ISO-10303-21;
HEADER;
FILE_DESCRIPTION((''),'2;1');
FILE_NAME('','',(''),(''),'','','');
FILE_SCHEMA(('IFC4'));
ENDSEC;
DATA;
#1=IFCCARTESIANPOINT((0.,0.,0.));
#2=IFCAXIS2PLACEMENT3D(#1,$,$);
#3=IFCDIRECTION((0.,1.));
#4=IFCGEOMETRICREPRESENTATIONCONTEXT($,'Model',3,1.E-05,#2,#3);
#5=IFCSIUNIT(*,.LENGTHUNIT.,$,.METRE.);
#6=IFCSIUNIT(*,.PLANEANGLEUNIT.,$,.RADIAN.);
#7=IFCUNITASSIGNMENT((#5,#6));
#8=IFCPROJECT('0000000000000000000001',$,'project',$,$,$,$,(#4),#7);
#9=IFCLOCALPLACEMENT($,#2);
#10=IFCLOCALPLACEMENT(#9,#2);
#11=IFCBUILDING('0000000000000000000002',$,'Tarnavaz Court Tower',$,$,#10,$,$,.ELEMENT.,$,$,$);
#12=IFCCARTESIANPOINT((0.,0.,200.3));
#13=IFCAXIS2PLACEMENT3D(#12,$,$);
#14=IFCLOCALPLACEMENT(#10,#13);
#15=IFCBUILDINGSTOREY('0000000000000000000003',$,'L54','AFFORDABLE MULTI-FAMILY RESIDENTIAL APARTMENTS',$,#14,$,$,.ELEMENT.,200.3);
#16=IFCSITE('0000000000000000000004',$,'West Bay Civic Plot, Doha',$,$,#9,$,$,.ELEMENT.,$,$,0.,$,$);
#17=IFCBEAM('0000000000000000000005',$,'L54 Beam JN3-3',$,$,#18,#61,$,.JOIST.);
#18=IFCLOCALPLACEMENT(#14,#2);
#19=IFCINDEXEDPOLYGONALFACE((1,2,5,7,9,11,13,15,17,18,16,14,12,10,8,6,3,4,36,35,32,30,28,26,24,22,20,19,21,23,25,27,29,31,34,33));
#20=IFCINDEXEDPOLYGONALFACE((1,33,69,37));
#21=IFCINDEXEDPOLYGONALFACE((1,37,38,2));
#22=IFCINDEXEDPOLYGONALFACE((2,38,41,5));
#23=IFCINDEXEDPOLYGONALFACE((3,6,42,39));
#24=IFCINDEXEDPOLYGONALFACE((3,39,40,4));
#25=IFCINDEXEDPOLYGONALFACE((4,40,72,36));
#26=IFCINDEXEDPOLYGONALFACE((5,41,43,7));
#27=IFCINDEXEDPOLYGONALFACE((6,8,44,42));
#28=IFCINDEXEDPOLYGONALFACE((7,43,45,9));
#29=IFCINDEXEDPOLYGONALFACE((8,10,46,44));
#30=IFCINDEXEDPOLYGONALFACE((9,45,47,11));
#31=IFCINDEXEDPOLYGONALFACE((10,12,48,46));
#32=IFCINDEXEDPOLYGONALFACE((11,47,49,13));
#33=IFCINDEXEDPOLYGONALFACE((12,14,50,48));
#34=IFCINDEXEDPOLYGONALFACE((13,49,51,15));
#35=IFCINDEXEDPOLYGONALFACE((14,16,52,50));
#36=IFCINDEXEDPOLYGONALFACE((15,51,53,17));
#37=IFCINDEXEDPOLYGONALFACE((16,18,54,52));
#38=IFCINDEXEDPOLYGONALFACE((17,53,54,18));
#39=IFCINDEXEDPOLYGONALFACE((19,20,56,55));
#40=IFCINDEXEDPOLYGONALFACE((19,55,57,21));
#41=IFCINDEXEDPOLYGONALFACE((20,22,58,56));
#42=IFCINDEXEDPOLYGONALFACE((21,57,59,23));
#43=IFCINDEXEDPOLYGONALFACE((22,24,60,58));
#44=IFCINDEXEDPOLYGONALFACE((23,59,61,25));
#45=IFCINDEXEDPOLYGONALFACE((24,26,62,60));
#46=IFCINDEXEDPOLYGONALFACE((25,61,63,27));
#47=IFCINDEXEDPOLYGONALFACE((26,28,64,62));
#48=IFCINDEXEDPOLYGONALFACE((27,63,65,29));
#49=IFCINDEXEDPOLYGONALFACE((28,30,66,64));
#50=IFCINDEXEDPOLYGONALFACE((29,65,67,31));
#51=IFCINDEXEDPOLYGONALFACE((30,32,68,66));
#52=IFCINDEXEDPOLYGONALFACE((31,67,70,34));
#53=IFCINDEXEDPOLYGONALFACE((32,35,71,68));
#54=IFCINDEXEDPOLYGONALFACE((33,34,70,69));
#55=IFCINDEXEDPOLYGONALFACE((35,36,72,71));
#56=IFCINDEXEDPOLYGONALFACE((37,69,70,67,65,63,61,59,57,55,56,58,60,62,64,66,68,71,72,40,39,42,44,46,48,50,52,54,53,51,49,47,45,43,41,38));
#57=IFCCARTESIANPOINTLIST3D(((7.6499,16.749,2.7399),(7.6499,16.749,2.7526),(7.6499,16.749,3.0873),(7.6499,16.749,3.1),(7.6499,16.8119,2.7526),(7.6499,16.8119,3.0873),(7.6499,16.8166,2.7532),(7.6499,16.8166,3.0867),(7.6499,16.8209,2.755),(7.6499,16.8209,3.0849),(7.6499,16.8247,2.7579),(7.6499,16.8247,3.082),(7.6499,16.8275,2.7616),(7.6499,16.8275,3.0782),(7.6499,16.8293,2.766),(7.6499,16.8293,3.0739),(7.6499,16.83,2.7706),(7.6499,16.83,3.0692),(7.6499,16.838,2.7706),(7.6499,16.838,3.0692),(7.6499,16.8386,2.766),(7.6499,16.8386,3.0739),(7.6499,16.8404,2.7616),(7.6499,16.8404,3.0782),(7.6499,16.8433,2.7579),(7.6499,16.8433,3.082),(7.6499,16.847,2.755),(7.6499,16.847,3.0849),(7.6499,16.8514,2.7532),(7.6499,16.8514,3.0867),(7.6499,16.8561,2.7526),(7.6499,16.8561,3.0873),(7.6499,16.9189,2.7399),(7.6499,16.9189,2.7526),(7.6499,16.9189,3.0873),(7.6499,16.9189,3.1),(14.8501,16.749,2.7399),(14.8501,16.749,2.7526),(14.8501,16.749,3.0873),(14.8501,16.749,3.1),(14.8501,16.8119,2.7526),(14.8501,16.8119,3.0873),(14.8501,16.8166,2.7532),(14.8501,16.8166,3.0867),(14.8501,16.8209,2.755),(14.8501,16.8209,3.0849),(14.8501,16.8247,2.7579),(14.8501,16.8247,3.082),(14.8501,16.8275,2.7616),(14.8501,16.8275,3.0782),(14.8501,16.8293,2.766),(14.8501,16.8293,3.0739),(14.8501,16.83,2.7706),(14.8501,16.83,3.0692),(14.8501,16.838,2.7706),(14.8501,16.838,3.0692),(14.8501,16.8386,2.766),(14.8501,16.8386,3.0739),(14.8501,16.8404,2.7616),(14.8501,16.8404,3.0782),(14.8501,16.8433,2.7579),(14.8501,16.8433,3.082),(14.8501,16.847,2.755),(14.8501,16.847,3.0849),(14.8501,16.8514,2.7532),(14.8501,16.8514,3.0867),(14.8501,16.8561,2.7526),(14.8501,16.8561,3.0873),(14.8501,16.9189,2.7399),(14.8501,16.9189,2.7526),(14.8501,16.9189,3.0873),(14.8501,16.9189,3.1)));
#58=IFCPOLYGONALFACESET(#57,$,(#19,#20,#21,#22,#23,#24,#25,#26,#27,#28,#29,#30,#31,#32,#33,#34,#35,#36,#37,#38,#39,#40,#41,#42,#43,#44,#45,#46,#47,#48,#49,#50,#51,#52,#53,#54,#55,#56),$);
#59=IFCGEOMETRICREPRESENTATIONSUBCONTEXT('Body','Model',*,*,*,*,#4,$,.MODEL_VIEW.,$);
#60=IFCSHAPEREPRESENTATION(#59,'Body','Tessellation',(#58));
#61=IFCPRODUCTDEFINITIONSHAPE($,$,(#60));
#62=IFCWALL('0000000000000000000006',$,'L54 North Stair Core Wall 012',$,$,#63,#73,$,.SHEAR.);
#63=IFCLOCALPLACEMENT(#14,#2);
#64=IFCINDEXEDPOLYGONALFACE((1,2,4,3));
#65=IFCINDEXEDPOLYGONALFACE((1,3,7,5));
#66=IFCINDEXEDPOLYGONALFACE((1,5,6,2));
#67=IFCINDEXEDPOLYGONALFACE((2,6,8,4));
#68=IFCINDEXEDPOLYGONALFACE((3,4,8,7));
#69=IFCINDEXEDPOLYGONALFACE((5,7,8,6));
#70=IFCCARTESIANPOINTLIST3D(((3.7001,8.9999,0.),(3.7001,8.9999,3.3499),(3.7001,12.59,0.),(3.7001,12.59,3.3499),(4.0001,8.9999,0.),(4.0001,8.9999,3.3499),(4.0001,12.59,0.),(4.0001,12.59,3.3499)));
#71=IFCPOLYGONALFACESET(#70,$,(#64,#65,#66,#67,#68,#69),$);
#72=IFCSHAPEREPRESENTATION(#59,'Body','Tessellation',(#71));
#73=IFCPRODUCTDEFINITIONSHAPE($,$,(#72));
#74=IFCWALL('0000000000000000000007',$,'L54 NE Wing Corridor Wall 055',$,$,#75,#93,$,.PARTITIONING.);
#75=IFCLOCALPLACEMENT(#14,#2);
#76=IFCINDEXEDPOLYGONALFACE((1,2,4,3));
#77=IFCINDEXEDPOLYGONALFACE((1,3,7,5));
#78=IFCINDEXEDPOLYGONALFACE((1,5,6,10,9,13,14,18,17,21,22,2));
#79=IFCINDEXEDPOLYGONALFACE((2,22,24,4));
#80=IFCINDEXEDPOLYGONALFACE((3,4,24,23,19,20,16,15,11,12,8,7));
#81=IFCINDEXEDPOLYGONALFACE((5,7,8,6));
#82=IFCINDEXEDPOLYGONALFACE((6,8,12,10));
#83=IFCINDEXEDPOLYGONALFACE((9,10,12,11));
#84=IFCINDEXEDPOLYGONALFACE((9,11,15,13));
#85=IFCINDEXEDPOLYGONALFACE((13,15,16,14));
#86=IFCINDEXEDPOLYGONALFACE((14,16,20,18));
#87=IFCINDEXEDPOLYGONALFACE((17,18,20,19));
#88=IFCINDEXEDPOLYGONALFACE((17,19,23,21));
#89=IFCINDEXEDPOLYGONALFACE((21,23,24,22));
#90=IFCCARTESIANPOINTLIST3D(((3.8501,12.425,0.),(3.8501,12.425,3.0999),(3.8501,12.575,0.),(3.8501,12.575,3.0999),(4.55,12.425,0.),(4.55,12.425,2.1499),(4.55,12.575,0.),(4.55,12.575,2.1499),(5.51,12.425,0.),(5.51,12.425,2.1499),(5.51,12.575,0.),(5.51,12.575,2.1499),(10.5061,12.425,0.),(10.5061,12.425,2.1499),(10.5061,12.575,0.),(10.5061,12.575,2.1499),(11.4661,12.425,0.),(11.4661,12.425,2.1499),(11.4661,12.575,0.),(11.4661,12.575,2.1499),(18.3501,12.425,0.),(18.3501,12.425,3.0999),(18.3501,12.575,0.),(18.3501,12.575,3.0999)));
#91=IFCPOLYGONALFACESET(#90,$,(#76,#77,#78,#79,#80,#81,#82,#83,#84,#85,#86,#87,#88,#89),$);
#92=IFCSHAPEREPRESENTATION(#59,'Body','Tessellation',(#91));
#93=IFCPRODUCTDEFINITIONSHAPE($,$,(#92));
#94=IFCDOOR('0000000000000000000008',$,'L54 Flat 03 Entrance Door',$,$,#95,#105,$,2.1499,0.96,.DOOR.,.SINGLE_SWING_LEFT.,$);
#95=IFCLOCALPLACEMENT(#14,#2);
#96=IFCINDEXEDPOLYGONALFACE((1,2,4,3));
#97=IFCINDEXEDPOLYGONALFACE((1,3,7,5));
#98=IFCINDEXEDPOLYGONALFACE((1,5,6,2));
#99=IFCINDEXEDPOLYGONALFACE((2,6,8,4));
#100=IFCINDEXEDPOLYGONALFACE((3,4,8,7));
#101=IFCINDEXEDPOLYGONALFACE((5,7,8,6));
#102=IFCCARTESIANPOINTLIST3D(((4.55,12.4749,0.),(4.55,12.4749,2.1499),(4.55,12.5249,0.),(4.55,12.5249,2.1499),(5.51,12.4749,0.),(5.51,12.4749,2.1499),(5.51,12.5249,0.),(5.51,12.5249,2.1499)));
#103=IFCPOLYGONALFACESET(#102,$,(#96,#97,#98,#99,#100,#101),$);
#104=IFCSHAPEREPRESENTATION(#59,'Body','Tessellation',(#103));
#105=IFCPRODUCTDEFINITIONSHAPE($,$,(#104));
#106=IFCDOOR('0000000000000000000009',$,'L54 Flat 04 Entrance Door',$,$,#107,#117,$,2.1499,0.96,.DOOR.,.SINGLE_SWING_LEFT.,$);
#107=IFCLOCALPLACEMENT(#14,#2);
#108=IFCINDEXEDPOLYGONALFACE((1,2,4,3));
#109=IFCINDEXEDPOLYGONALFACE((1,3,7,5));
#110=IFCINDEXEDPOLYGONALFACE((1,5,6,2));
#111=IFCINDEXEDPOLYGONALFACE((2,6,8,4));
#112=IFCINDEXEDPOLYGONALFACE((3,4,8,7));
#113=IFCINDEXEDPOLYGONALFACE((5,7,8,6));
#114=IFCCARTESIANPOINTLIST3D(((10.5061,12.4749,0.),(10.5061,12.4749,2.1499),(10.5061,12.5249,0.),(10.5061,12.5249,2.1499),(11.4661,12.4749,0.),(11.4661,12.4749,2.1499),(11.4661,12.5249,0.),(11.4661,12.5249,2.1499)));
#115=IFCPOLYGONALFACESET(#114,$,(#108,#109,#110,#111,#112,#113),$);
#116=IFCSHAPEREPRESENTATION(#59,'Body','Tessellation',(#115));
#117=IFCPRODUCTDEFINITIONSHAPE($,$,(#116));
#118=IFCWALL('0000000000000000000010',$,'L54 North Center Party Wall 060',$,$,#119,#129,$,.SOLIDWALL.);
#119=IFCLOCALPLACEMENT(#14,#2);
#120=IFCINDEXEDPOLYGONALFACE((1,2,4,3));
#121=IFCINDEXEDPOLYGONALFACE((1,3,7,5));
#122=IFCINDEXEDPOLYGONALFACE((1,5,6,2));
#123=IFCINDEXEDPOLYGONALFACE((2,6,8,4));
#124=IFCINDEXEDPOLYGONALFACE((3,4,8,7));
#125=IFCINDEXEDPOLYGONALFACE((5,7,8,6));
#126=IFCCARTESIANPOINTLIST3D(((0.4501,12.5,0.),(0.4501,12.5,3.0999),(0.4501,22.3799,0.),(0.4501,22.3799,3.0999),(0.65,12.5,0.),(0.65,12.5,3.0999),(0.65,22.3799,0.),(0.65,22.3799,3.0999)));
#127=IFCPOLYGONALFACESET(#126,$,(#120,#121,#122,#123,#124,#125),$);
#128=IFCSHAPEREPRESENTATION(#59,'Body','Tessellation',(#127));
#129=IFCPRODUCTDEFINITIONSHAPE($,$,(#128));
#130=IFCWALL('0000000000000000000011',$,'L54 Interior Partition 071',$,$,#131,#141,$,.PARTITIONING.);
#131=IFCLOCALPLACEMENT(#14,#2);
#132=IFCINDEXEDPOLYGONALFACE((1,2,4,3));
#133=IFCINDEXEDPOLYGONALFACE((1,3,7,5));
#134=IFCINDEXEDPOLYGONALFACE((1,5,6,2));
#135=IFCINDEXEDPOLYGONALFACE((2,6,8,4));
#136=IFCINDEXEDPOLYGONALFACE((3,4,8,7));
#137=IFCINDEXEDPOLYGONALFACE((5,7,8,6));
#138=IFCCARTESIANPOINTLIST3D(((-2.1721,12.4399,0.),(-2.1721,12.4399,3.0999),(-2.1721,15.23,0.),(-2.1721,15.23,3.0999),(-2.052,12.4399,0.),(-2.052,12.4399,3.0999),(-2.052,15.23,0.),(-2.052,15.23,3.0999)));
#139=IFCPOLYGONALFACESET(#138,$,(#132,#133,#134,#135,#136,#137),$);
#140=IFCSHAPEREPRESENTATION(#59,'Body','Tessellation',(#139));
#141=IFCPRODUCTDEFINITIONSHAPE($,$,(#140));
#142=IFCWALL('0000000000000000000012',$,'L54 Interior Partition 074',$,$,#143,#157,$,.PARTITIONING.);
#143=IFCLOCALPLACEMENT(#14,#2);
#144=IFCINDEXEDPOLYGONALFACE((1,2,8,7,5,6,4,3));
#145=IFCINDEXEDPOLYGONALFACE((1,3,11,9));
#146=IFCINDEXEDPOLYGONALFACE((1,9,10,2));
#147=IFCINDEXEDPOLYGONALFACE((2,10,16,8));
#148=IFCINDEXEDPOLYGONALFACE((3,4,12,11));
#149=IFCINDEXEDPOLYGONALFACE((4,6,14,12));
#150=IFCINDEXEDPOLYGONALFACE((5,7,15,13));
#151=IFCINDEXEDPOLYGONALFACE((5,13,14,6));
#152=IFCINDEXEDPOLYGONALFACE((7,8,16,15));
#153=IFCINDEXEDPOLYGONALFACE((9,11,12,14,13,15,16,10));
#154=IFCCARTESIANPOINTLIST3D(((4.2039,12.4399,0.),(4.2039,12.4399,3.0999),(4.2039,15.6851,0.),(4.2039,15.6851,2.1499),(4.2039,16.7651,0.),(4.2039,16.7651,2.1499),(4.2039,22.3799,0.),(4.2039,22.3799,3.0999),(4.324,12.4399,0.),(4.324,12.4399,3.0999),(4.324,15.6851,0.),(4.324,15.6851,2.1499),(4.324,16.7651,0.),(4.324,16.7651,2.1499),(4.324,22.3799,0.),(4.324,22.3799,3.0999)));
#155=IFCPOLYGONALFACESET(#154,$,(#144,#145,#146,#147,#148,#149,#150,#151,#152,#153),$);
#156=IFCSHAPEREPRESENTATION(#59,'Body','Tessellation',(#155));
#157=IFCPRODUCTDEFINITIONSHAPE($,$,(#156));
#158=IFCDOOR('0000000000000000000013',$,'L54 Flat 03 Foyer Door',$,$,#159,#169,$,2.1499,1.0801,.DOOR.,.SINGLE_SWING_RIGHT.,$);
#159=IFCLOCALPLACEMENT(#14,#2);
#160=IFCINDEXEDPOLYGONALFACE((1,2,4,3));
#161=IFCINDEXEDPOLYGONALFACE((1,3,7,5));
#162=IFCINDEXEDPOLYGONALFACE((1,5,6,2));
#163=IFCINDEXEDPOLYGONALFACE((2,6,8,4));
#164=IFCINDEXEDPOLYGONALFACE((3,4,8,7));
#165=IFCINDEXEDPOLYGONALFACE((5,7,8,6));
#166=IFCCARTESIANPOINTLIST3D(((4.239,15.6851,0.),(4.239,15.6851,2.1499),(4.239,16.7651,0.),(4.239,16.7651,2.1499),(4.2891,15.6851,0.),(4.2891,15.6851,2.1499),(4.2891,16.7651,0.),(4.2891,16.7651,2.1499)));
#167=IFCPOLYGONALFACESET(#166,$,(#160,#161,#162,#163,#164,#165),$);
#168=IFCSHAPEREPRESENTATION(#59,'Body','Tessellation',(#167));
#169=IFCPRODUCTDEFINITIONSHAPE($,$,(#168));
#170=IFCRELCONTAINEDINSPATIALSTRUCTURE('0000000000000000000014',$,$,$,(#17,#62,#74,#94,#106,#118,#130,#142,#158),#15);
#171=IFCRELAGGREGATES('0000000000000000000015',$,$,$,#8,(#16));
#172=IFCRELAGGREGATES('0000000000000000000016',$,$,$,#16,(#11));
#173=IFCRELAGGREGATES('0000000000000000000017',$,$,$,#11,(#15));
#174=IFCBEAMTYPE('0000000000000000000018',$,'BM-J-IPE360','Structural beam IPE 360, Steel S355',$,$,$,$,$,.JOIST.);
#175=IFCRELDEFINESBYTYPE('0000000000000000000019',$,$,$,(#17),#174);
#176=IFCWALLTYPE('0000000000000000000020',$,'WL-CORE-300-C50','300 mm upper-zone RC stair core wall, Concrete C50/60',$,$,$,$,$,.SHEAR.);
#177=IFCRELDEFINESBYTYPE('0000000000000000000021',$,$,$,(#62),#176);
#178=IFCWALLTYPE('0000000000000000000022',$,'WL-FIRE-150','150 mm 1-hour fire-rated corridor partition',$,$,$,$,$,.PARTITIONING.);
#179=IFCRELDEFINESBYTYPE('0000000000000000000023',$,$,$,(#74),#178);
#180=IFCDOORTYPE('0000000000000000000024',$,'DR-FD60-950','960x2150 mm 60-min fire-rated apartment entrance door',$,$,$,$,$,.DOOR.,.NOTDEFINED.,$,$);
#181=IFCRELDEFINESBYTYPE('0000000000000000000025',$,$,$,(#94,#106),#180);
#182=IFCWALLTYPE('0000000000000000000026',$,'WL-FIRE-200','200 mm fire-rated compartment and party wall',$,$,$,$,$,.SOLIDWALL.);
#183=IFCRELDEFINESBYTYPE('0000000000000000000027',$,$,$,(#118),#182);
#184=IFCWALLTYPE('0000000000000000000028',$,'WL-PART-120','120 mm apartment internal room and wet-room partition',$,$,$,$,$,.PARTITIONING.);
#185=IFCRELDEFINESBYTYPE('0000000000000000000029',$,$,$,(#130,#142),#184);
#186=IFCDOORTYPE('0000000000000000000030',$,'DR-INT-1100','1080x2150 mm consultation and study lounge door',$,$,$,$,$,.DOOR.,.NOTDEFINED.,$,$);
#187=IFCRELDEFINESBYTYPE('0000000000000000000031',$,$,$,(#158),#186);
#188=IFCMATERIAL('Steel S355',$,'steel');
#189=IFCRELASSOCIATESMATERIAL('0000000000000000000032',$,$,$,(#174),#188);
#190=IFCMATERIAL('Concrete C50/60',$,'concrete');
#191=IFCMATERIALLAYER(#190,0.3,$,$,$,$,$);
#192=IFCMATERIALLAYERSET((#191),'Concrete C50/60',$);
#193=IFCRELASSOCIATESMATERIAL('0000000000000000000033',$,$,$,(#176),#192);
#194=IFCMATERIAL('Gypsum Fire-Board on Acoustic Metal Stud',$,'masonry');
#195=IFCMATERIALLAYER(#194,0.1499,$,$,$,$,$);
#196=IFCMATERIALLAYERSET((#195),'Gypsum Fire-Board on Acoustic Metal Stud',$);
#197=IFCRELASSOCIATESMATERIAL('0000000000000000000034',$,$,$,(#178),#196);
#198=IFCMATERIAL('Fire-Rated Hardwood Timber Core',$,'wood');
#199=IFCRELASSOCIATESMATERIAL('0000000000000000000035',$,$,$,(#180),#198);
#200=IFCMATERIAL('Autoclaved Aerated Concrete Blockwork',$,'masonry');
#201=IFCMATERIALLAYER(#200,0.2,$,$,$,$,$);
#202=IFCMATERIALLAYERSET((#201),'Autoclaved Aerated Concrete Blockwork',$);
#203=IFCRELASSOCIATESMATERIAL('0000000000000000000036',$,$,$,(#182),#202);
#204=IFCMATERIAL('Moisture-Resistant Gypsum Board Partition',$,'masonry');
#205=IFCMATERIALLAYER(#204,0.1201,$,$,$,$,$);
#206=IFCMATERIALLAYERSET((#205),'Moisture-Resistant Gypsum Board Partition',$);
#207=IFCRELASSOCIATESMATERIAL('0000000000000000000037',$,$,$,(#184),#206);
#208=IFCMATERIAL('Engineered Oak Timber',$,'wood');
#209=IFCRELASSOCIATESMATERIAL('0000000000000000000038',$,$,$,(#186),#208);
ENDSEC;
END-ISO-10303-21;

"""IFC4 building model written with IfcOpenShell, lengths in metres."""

from ifc_helpers import new_model, si_unit, direction, frame, frame_2d, origin, origin_2d, place, context, subcontext, project, spatial, rectangle, i_section, extrude, material, layer, layer_set, material_profile, profile_set, type_object, element, fill, save


model = new_model("IFC4")

# Units and contexts
model_context = context("Model", 3, precision=1e-05, world=origin(), true_north=direction((0.0, 1.0)))
body_context = subcontext(model_context, "Body", "Model", "MODEL_VIEW")
ifc_project = project(units=[si_unit("LENGTHUNIT", "METRE"), si_unit("PLANEANGLEUNIT", "RADIAN")], contexts=[model_context])

# Site, building, storey
site_placement = place(None, origin())
site = spatial("IfcSite", under=ifc_project, at=site_placement, Name="West Bay Civic Plot, Doha", CompositionType="ELEMENT", RefElevation=0.0)
building_placement = place(site_placement, origin())
building = spatial("IfcBuilding", under=site, at=building_placement, Name="Tarnavaz Court Tower", CompositionType="ELEMENT")
storey_placement = place(building_placement, frame((0.0, 0.0, 200.3)))
storey = spatial("IfcBuildingStorey", under=building, at=storey_placement, Name="L54", Description="AFFORDABLE MULTI-FAMILY RESIDENTIAL APARTMENTS", CompositionType="ELEMENT", Elevation=200.3)

# Shared definitions
ifc_material_1 = material(Name="Concrete C50/60", Category="concrete")

# Beam
ifc_material_2 = material(Name="Steel S355", Category="steel")
ifc_material_profile_1 = material_profile(ifc_material_2, i_section(OverallWidth=0.1699, OverallDepth=0.3601, WebThickness=0.0081, FlangeThickness=0.0127, FilletRadius=0.0181, at=origin_2d()), Name="IPE 360")
ifc_profile_set_1 = profile_set([ifc_material_profile_1], Name="Steel S355")
beam_type_1 = type_object("IfcBeamType", Name="BM-J-IPE360", Description="Structural beam IPE 360, Steel S355", PredefinedType="JOIST", material=ifc_profile_set_1)
for number, where, z_axis, x_axis, name in (
    (1, (7.6499, 16.834, 2.9199), (1.0, 0.0, 0.0), (0.0, 1.0, 0.0), "L54 Beam JN3-3"),
):
    element("IfcBeam", number, at=place(storey_placement, frame(where, z_axis=z_axis, x_axis=x_axis)), inside=storey, type_object=beam_type_1, Name=name, PredefinedType="JOIST", context=body_context, shape_type="SweptSolid", body=[
        extrude(i_section(OverallWidth=0.1699, OverallDepth=0.3601, WebThickness=0.0081, FlangeThickness=0.0127, FilletRadius=0.0181, at=origin_2d()), origin(), (0.0, 0.0, 1.0), 7.2002),
    ])

# Wall
ifc_layer_1 = layer(ifc_material_1, 0.3)
ifc_layer_set_1 = layer_set([ifc_layer_1], Name="Concrete C50/60")
wall_type_1 = type_object("IfcWallType", Name="WL-CORE-300-C50", Description="300 mm upper-zone RC stair core wall, Concrete C50/60", PredefinedType="SHEAR", material=ifc_layer_set_1)
wall_1_placement = place(storey_placement, frame((3.8501, 9.0, 0.0), z_axis=(0.0, 0.0, 1.0), x_axis=(0.0, 1.0, 0.0)))
element("IfcWall", 2, at=wall_1_placement, inside=storey, type_object=wall_type_1, Name="L54 North Stair Core Wall 012", PredefinedType="SHEAR", context=body_context, shape_type="SweptSolid", body=[
    extrude(rectangle(XDim=3.5901, YDim=0.3, at=frame_2d((1.7949, 0.0))), origin(), (0.0, 0.0, 1.0), 3.3499),
])

# Wall, openings, doors
ifc_material_3 = material(Name="Gypsum Fire-Board on Acoustic Metal Stud", Category="masonry")
ifc_layer_2 = layer(ifc_material_3, 0.1499)
ifc_layer_set_2 = layer_set([ifc_layer_2], Name="Gypsum Fire-Board on Acoustic Metal Stud")
wall_type_2 = type_object("IfcWallType", Name="WL-FIRE-150", Description="150 mm 1-hour fire-rated corridor partition", PredefinedType="PARTITIONING", material=ifc_layer_set_2)
wall_2_placement = place(storey_placement, frame((3.8501, 12.5, 0.0), z_axis=(0.0, 0.0, 1.0), x_axis=(1.0, 0.0, 0.0)))
wall_2 = element("IfcWall", 3, at=wall_2_placement, inside=storey, type_object=wall_type_2, Name="L54 NE Wing Corridor Wall 055", PredefinedType="PARTITIONING", context=body_context, shape_type="SweptSolid", body=[
    extrude(rectangle(XDim=14.5, YDim=0.1499, at=frame_2d((7.25, 0.0))), origin(), (0.0, 0.0, 1.0), 3.0999),
])
opening_1_placement = place(wall_2_placement, frame((0.7, 0.0, 0.0)))
opening_1 = element("IfcOpeningElement", 4, at=opening_1_placement, cuts=wall_2, PredefinedType="OPENING", context=body_context, shape_type="SweptSolid", body=[
    extrude(rectangle(XDim=0.96, YDim=2.1499, at=frame_2d((0.48, 1.075))), frame((0.0, 0.085, 0.0), z_axis=(0.0, -1.0, 0.0), x_axis=(1.0, 0.0, 0.0)), (0.0, 0.0, 1.0), 0.1699),
])
opening_2_placement = place(wall_2_placement, frame((6.656, 0.0, 0.0)))
opening_2 = element("IfcOpeningElement", 5, at=opening_2_placement, cuts=wall_2, PredefinedType="OPENING", context=body_context, shape_type="SweptSolid", body=[
    extrude(rectangle(XDim=0.96, YDim=2.1499, at=frame_2d((0.48, 1.075))), frame((0.0, 0.085, 0.0), z_axis=(0.0, -1.0, 0.0), x_axis=(1.0, 0.0, 0.0)), (0.0, 0.0, 1.0), 0.1699),
])
ifc_material_4 = material(Name="Fire-Rated Hardwood Timber Core", Category="wood")
door_type_1 = type_object("IfcDoorType", Name="DR-FD60-950", Description="960x2150 mm 60-min fire-rated apartment entrance door", OperationType="NOTDEFINED", PredefinedType="DOOR", material=ifc_material_4)
door_1_placement = place(opening_1_placement, origin())
door_1 = element("IfcDoor", 6, at=door_1_placement, inside=storey, type_object=door_type_1, Name="L54 Flat 03 Entrance Door", OperationType="SINGLE_SWING_LEFT", OverallHeight=2.1499, OverallWidth=0.96, PredefinedType="DOOR", context=body_context, shape_type="SweptSolid", body=[
    extrude(rectangle(XDim=0.96, YDim=2.1499, at=frame_2d((0.48, 1.075))), frame((0.0, 0.0249, 0.0), z_axis=(0.0, -1.0, 0.0), x_axis=(1.0, 0.0, 0.0)), (0.0, 0.0, 1.0), 0.05),
])
fill(opening_1, door_1)
door_2_placement = place(opening_2_placement, origin())
door_2 = element("IfcDoor", 7, at=door_2_placement, inside=storey, type_object=door_type_1, Name="L54 Flat 04 Entrance Door", OperationType="SINGLE_SWING_LEFT", OverallHeight=2.1499, OverallWidth=0.96, PredefinedType="DOOR", context=body_context, shape_type="SweptSolid", body=[
    extrude(rectangle(XDim=0.96, YDim=2.1499, at=frame_2d((0.48, 1.075))), frame((0.0, 0.0249, 0.0), z_axis=(0.0, -1.0, 0.0), x_axis=(1.0, 0.0, 0.0)), (0.0, 0.0, 1.0), 0.05),
])
fill(opening_2, door_2)

# Walls
ifc_material_5 = material(Name="Autoclaved Aerated Concrete Blockwork", Category="masonry")
ifc_layer_3 = layer(ifc_material_5, 0.2)
ifc_layer_set_3 = layer_set([ifc_layer_3], Name="Autoclaved Aerated Concrete Blockwork")
wall_type_3 = type_object("IfcWallType", Name="WL-FIRE-200", Description="200 mm fire-rated compartment and party wall", PredefinedType="SOLIDWALL", material=ifc_layer_set_3)
wall_3_placement = place(storey_placement, frame((0.55, 12.5, 0.0), z_axis=(0.0, 0.0, 1.0), x_axis=(0.0, 1.0, 0.0)))
element("IfcWall", 8, at=wall_3_placement, inside=storey, type_object=wall_type_3, Name="L54 North Center Party Wall 060", PredefinedType="SOLIDWALL", context=body_context, shape_type="SweptSolid", body=[
    extrude(rectangle(XDim=9.8799, YDim=0.2, at=frame_2d((4.9399, 0.0))), origin(), (0.0, 0.0, 1.0), 3.0999),
])
ifc_material_6 = material(Name="Moisture-Resistant Gypsum Board Partition", Category="masonry")
ifc_layer_4 = layer(ifc_material_6, 0.1201)
ifc_layer_set_4 = layer_set([ifc_layer_4], Name="Moisture-Resistant Gypsum Board Partition")
wall_type_4 = type_object("IfcWallType", Name="WL-PART-120", Description="120 mm apartment internal room and wet-room partition", PredefinedType="PARTITIONING", material=ifc_layer_set_4)
wall_4_placement = place(storey_placement, frame((-2.1121, 12.4399, 0.0), z_axis=(0.0, 0.0, 1.0), x_axis=(0.0, 1.0, 0.0)))
element("IfcWall", 9, at=wall_4_placement, inside=storey, type_object=wall_type_4, Name="L54 Interior Partition 071", PredefinedType="PARTITIONING", context=body_context, shape_type="SweptSolid", body=[
    extrude(rectangle(XDim=2.79, YDim=0.1201, at=frame_2d((1.395, 0.0))), origin(), (0.0, 0.0, 1.0), 3.0999),
])

# Wall, opening, door
wall_5_placement = place(storey_placement, frame((4.2639, 12.4399, 0.0), z_axis=(0.0, 0.0, 1.0), x_axis=(0.0, 1.0, 0.0)))
wall_5 = element("IfcWall", 10, at=wall_5_placement, inside=storey, type_object=wall_type_4, Name="L54 Interior Partition 074", PredefinedType="PARTITIONING", context=body_context, shape_type="SweptSolid", body=[
    extrude(rectangle(XDim=9.9399, YDim=0.1201, at=frame_2d((4.97, 0.0))), origin(), (0.0, 0.0, 1.0), 3.0999),
])
opening_3_placement = place(wall_5_placement, frame((3.2451, 0.0, 0.0)))
opening_3 = element("IfcOpeningElement", 11, at=opening_3_placement, cuts=wall_5, PredefinedType="OPENING", context=body_context, shape_type="SweptSolid", body=[
    extrude(rectangle(XDim=1.0801, YDim=2.1499, at=frame_2d((0.54, 1.075))), frame((0.0, 0.0701, 0.0), z_axis=(0.0, -1.0, 0.0), x_axis=(1.0, 0.0, 0.0)), (0.0, 0.0, 1.0), 0.1401),
])
ifc_material_7 = material(Name="Engineered Oak Timber", Category="wood")
door_type_2 = type_object("IfcDoorType", Name="DR-INT-1100", Description="1080x2150 mm consultation and study lounge door", OperationType="NOTDEFINED", PredefinedType="DOOR", material=ifc_material_7)
door_3_placement = place(opening_3_placement, origin())
door_3 = element("IfcDoor", 12, at=door_3_placement, inside=storey, type_object=door_type_2, Name="L54 Flat 03 Foyer Door", OperationType="SINGLE_SWING_RIGHT", OverallHeight=2.1499, OverallWidth=1.0801, PredefinedType="DOOR", context=body_context, shape_type="SweptSolid", body=[
    extrude(rectangle(XDim=1.0801, YDim=2.1499, at=frame_2d((0.54, 1.075))), frame((0.0, 0.0249, 0.0), z_axis=(0.0, -1.0, 0.0), x_axis=(1.0, 0.0, 0.0)), (0.0, 0.0, 1.0), 0.05),
])
fill(opening_3, door_3)

save(model, "model.ifc")
